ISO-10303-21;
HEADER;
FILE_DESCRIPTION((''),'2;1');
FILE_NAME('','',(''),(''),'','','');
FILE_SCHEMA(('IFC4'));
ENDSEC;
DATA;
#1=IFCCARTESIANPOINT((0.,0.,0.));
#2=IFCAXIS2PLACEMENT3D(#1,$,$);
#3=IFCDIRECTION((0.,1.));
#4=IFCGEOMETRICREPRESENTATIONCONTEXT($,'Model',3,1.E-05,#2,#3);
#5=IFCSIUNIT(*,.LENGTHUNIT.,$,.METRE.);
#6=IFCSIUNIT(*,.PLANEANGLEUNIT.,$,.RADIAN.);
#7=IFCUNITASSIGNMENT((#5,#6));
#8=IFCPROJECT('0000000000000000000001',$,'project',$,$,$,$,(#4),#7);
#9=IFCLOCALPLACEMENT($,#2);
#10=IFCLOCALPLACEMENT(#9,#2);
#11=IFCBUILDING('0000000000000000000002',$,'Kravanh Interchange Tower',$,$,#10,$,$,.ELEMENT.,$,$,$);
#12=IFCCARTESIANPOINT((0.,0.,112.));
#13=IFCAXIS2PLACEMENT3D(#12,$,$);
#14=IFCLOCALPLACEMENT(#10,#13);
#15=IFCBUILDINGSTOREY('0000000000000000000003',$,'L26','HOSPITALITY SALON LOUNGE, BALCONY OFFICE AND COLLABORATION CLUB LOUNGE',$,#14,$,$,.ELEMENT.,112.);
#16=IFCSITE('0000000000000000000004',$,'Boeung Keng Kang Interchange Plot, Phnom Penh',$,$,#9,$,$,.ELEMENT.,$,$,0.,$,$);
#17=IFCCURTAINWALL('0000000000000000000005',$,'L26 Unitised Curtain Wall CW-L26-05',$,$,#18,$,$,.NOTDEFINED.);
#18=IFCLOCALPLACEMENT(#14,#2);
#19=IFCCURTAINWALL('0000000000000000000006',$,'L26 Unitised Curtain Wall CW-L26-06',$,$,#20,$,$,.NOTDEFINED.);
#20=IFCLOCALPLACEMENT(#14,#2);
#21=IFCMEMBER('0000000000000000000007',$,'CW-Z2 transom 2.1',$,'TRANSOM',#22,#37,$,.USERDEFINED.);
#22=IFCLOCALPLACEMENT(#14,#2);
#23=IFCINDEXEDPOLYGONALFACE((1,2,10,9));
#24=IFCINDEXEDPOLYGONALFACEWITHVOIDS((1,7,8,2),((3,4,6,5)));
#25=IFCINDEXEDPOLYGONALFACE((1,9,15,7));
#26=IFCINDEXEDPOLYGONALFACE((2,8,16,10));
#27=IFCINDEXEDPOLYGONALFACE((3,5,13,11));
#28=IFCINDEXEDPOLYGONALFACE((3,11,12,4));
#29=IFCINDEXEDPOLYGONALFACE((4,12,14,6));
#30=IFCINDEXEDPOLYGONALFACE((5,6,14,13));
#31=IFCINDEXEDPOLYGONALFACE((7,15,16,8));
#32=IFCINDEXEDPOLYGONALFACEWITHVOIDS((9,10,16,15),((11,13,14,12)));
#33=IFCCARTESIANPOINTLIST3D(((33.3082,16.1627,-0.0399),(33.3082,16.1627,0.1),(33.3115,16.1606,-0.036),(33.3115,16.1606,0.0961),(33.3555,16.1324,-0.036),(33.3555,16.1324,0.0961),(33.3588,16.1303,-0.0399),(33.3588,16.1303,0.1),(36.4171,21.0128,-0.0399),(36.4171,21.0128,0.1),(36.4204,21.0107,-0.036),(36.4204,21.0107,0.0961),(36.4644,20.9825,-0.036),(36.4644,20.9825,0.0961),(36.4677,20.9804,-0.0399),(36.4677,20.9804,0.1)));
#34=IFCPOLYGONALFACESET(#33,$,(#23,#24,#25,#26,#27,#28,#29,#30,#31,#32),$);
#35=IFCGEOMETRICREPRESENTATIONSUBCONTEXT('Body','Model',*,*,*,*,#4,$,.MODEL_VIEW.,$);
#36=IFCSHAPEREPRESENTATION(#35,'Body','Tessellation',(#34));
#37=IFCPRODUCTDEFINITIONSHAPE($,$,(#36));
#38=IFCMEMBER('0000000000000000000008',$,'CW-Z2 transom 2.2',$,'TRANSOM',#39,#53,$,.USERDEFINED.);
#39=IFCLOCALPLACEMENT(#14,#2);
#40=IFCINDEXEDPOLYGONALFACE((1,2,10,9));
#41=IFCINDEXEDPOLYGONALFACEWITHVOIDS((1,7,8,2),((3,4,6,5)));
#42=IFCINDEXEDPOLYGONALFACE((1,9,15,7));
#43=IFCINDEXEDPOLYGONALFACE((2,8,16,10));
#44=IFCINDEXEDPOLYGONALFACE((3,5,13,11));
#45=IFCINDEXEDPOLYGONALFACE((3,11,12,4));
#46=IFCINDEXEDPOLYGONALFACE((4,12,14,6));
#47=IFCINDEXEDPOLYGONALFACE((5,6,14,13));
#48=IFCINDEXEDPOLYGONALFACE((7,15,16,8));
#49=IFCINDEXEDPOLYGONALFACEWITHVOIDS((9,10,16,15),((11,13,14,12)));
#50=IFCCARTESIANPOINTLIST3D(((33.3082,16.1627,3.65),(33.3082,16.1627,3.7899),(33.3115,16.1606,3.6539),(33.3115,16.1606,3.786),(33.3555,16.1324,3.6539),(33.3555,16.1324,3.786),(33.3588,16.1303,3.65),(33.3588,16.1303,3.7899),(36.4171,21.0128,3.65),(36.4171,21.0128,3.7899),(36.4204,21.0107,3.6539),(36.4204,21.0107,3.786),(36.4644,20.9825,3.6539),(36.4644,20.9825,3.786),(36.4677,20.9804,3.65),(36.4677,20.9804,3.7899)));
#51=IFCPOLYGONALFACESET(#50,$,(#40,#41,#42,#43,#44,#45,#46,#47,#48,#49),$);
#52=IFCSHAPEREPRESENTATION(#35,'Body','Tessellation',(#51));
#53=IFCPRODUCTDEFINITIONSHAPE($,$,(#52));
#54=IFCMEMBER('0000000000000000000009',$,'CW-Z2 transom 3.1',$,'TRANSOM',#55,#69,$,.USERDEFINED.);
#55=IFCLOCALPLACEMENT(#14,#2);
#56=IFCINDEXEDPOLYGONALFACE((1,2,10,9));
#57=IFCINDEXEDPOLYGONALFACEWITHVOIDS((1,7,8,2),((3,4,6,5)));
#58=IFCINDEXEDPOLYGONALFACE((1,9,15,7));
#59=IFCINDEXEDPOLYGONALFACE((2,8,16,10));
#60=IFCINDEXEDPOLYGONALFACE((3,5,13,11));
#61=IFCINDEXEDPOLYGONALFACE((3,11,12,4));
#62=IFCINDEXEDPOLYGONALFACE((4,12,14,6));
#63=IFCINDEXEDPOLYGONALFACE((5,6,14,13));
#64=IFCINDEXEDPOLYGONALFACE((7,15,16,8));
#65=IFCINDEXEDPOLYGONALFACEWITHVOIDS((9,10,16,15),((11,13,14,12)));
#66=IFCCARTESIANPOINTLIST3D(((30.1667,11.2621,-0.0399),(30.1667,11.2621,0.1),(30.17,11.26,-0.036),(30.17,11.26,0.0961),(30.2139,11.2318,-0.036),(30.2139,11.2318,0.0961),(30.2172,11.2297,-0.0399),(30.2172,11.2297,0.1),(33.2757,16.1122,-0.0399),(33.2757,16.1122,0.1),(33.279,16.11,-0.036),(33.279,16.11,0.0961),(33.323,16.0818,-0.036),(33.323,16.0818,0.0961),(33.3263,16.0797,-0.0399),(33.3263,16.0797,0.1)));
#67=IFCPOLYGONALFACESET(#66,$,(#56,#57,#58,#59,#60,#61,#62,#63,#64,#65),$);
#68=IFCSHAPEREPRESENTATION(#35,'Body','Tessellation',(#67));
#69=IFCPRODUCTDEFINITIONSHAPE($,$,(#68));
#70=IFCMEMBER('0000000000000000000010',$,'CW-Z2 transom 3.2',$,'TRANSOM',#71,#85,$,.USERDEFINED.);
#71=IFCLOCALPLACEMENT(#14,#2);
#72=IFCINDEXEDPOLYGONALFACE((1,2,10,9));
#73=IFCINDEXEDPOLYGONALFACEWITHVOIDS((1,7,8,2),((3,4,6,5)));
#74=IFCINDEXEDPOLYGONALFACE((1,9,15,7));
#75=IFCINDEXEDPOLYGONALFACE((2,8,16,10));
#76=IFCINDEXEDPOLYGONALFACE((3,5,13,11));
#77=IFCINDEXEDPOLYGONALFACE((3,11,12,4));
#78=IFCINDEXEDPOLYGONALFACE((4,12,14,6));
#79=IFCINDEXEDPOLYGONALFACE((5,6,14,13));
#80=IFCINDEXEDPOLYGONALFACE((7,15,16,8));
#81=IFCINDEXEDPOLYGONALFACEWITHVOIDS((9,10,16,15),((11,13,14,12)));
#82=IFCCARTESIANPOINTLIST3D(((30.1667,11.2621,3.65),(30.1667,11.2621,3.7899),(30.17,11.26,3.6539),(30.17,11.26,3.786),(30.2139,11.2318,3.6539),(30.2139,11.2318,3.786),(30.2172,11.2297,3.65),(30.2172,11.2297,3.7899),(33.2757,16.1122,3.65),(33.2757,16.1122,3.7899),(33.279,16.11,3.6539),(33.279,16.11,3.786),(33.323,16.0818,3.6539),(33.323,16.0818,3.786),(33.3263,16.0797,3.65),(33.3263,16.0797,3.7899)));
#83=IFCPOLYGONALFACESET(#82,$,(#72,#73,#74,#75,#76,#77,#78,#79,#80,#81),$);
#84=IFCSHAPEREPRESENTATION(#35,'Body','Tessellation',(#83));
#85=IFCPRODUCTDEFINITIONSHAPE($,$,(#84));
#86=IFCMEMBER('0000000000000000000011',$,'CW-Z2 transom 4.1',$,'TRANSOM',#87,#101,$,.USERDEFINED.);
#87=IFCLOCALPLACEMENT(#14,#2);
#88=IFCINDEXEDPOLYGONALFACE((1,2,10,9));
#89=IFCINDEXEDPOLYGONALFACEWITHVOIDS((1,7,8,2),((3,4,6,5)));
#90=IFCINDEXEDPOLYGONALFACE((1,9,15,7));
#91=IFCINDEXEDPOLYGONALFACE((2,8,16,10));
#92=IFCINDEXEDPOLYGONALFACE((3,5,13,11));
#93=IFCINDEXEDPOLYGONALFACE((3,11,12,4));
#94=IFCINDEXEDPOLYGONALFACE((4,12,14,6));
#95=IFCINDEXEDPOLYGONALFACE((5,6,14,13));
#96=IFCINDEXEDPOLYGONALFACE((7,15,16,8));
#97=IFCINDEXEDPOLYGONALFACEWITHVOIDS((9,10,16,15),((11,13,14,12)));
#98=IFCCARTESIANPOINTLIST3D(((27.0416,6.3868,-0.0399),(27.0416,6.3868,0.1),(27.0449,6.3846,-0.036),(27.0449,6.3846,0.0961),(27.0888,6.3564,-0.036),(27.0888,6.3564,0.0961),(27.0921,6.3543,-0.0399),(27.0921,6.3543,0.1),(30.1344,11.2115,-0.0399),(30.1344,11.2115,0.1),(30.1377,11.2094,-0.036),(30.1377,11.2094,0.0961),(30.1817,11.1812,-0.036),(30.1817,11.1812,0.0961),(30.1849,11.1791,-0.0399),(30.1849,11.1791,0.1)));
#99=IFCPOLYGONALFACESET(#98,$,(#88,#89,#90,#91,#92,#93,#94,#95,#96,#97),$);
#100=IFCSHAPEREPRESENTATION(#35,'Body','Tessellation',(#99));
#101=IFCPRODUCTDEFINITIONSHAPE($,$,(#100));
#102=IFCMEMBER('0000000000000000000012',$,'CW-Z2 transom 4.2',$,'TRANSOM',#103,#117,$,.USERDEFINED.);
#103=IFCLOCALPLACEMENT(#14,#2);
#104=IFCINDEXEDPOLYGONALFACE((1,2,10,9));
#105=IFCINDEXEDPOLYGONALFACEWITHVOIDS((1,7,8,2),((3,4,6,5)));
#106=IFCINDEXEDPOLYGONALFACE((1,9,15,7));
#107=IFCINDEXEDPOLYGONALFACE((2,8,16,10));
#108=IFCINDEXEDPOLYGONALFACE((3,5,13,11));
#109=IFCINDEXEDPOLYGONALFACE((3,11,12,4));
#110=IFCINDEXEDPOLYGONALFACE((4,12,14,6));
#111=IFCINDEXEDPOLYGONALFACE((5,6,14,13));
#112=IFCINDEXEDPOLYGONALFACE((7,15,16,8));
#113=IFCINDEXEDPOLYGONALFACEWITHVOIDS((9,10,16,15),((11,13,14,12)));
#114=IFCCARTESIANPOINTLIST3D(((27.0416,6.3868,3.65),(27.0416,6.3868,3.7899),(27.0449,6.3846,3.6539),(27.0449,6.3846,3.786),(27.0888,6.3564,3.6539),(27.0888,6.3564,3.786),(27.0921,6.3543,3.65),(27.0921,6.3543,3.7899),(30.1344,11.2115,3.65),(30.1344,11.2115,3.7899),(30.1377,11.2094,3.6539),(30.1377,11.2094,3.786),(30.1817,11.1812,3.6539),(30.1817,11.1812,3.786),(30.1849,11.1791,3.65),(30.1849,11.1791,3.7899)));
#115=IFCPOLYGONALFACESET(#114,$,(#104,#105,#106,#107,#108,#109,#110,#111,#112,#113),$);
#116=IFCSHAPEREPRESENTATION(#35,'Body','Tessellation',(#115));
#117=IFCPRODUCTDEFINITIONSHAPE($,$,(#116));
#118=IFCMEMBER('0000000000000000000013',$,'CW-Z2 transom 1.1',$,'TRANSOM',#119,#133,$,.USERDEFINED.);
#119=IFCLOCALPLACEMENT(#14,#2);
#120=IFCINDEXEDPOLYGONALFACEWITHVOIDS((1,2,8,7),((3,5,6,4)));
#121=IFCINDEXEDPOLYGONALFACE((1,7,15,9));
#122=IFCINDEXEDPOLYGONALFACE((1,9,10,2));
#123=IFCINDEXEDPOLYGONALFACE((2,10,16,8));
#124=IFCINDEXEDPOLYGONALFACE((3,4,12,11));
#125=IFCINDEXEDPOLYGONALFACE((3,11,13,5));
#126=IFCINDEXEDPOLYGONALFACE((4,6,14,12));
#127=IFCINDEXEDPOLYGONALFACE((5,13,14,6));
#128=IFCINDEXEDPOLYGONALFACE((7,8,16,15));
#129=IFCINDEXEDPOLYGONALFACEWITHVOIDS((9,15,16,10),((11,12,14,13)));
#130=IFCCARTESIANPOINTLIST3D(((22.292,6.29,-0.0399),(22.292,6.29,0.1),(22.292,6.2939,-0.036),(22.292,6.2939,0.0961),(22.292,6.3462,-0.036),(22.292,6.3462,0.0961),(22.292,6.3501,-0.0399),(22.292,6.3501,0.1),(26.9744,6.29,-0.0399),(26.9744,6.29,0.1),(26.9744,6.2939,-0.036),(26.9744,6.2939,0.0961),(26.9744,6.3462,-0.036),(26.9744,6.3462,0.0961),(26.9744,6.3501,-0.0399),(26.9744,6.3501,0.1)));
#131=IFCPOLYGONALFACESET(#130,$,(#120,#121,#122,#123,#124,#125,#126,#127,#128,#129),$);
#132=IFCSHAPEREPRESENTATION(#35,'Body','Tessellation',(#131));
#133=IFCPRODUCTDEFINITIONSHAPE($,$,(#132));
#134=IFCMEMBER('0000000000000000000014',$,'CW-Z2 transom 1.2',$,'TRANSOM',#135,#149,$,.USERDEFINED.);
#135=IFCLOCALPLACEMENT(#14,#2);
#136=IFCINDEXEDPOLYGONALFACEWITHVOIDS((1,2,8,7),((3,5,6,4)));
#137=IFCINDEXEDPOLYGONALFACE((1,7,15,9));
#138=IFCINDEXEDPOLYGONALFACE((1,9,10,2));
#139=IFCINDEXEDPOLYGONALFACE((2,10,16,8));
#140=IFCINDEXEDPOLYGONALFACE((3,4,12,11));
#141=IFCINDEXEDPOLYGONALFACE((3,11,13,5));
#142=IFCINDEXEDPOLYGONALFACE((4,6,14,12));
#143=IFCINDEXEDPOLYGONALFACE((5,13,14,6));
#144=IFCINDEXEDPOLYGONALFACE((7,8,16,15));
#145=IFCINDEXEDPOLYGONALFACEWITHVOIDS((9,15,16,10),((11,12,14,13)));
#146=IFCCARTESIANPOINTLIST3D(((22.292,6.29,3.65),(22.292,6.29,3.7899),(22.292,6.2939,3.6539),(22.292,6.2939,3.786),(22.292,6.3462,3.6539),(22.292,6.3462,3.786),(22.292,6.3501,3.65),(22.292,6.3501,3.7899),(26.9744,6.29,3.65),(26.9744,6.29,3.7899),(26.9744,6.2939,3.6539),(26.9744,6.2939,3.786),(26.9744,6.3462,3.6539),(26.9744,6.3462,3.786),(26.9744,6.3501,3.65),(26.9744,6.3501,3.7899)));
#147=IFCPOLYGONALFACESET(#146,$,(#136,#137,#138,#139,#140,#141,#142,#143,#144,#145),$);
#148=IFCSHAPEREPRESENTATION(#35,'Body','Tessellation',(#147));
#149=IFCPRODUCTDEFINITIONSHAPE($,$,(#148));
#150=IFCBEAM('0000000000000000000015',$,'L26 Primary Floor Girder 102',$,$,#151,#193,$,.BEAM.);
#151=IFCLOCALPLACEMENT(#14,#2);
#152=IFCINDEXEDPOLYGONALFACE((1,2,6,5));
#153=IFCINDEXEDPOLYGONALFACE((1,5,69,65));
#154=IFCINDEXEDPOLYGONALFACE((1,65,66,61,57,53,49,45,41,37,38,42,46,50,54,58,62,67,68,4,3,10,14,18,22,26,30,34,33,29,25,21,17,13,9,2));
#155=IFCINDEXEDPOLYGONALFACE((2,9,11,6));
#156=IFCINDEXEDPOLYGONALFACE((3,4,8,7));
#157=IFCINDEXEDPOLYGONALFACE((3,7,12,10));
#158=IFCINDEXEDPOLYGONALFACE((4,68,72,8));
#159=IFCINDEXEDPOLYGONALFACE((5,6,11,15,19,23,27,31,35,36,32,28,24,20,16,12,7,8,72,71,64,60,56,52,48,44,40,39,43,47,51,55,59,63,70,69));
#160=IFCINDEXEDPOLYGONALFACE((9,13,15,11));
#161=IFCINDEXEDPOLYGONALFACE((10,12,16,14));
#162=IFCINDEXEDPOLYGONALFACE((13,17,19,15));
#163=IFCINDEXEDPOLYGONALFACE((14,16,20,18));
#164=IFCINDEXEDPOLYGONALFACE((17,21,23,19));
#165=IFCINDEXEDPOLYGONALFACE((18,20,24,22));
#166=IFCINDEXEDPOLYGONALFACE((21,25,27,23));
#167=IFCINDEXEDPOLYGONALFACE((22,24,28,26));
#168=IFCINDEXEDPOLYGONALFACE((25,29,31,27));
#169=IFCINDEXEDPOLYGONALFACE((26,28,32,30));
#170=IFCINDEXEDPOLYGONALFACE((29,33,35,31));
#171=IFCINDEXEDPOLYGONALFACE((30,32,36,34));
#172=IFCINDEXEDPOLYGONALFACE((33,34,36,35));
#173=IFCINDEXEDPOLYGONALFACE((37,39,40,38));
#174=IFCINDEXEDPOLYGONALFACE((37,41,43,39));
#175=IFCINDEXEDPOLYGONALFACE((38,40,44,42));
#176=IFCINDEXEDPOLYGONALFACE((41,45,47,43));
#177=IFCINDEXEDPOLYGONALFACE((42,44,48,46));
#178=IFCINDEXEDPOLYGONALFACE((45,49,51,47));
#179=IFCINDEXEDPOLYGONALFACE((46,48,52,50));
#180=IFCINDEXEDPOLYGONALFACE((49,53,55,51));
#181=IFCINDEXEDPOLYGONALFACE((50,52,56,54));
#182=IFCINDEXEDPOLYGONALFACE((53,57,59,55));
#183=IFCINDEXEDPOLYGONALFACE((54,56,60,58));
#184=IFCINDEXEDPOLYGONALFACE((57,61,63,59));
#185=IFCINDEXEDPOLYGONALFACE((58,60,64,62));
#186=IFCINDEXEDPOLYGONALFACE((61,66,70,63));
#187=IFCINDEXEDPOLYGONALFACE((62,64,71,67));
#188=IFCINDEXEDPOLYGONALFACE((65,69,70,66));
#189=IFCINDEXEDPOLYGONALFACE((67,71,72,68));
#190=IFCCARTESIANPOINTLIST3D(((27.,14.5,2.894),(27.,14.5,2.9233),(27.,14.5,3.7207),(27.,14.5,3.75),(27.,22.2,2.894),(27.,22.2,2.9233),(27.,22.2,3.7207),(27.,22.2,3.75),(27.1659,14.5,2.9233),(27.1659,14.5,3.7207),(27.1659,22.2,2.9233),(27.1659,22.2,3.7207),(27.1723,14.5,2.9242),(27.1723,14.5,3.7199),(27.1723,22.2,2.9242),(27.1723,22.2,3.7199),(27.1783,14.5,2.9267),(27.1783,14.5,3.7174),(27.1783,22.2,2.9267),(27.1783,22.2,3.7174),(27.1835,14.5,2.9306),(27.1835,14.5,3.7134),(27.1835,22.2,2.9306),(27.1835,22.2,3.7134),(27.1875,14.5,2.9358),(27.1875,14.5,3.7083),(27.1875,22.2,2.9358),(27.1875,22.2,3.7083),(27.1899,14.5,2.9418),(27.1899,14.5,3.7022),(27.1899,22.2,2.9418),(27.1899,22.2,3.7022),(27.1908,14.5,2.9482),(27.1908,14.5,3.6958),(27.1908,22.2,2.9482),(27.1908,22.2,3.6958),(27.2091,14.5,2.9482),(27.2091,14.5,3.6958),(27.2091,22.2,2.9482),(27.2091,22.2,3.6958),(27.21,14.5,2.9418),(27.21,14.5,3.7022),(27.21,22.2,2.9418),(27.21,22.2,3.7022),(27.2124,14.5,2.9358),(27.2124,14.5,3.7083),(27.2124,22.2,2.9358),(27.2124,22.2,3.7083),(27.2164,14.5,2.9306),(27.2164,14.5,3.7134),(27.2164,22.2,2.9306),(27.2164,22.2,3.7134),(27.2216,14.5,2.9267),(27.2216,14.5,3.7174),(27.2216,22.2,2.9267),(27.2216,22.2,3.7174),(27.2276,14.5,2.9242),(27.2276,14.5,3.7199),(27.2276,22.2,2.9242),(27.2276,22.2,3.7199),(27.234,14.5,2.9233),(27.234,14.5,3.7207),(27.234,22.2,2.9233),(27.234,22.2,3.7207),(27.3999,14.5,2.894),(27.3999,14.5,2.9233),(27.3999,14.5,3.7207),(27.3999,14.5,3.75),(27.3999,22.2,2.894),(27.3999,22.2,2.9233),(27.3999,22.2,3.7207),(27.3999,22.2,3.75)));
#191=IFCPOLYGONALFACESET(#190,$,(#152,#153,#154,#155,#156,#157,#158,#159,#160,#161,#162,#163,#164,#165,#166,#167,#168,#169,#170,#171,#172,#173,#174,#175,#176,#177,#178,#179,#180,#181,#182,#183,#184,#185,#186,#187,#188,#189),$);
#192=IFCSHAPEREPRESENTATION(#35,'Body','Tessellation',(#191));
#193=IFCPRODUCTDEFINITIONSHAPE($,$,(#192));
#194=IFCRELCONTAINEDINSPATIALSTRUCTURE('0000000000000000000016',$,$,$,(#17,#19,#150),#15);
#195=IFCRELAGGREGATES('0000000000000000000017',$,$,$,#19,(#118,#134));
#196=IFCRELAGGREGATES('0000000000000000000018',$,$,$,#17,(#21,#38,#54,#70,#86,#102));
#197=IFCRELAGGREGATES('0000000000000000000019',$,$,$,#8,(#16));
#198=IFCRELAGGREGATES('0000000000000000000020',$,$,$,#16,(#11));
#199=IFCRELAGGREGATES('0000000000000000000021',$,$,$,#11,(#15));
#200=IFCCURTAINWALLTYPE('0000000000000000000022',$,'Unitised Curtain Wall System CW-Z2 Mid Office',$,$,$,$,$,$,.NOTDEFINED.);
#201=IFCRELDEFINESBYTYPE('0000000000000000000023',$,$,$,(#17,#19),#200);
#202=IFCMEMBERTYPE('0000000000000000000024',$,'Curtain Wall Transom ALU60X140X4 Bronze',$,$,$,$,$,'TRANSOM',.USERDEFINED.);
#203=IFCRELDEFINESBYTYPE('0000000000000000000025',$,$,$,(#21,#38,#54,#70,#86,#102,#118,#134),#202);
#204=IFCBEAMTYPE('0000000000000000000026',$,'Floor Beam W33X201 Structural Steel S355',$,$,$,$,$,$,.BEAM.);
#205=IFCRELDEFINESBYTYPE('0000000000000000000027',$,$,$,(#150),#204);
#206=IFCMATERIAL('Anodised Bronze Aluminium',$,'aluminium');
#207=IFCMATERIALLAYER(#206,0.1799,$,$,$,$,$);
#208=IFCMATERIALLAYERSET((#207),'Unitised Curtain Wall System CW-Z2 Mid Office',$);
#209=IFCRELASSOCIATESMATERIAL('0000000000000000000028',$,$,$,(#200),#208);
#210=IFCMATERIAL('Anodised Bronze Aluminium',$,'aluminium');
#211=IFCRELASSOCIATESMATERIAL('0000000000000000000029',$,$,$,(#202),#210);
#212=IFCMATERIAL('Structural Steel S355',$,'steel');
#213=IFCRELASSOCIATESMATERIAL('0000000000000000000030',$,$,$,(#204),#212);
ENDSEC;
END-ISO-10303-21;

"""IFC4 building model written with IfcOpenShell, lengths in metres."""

from ifc_helpers import new_model, si_unit, direction, frame, origin, origin_2d, place, context, subcontext, project, spatial, hollow_rectangle, i_section, extrude, material, layer, layer_set, material_profile, profile_set, type_object, element, aggregate, save


model = new_model("IFC4")

# Units and contexts
model_context = context("Model", 3, precision=1e-05, world=origin(), true_north=direction((0.0, 1.0)))
body_context = subcontext(model_context, "Body", "Model", "MODEL_VIEW")
ifc_project = project(units=[si_unit("LENGTHUNIT", "METRE"), si_unit("PLANEANGLEUNIT", "RADIAN")], contexts=[model_context])

# Site, building, storey
site_placement = place(None, origin())
site = spatial("IfcSite", under=ifc_project, at=site_placement, Name="Boeung Keng Kang Interchange Plot, Phnom Penh", CompositionType="ELEMENT", RefElevation=0.0)
building_placement = place(site_placement, origin())
building = spatial("IfcBuilding", under=site, at=building_placement, Name="Kravanh Interchange Tower", CompositionType="ELEMENT")
storey_placement = place(building_placement, frame((0.0, 0.0, 112.0)))
storey = spatial("IfcBuildingStorey", under=building, at=storey_placement, Name="L26", Description="HOSPITALITY SALON LOUNGE, BALCONY OFFICE AND COLLABORATION CLUB LOUNGE", CompositionType="ELEMENT", Elevation=112.0)

# Curtain wall
ifc_material_1 = material(Name="Anodised Bronze Aluminium", Category="aluminium")
ifc_layer_1 = layer(ifc_material_1, 0.1799)
ifc_layer_set_1 = layer_set([ifc_layer_1], Name="Unitised Curtain Wall System CW-Z2 Mid Office")
curtain_wall_type = type_object("IfcCurtainWallType", Name="Unitised Curtain Wall System CW-Z2 Mid Office", PredefinedType="NOTDEFINED", material=ifc_layer_set_1)
curtain_wall_1_placement = place(storey_placement, origin())
curtain_wall_1 = element("IfcCurtainWall", 1, at=curtain_wall_1_placement, inside=storey, type_object=curtain_wall_type, Name="L26 Unitised Curtain Wall CW-L26-05", PredefinedType="NOTDEFINED")

# Curtain wall
curtain_wall_2_placement = place(storey_placement, origin())
curtain_wall_2 = element("IfcCurtainWall", 2, at=curtain_wall_2_placement, inside=storey, type_object=curtain_wall_type, Name="L26 Unitised Curtain Wall CW-L26-06", PredefinedType="NOTDEFINED")

# Members
ifc_material_2 = material(Name="Anodised Bronze Aluminium", Category="aluminium")
ifc_material_profile_1 = material_profile(ifc_material_2, hollow_rectangle(XDim=0.0601, YDim=0.1399, WallThickness=0.0039, at=origin_2d()), Name="ALU60X140X4")
ifc_profile_set_1 = profile_set([ifc_material_profile_1], Name="Anodised Bronze Aluminium")
member_type_1 = type_object("IfcMemberType", Name="Curtain Wall Transom ALU60X140X4 Bronze", ElementType="TRANSOM", PredefinedType="USERDEFINED", material=ifc_profile_set_1)
member_1_placement = place(storey_placement, frame((36.4424, 20.9966, 0.03), z_axis=(-0.539648, -0.841891, 0.0), x_axis=(0.841891, -0.539648, 0.0)))
member_1 = element("IfcMember", 3, at=member_1_placement, type_object=member_type_1, Name="CW-Z2 transom 2.1", ObjectType="TRANSOM", PredefinedType="USERDEFINED", context=body_context, shape_type="SweptSolid", body=[
    extrude(hollow_rectangle(XDim=0.0601, YDim=0.1399, WallThickness=0.0039, at=origin_2d()), origin(), (0.0, 0.0, 1.0), 5.761),
])
member_2_placement = place(storey_placement, frame((36.4424, 20.9966, 3.72), z_axis=(-0.539648, -0.841891, 0.0), x_axis=(0.841891, -0.539648, 0.0)))
member_2 = element("IfcMember", 4, at=member_2_placement, type_object=member_type_1, Name="CW-Z2 transom 2.2", ObjectType="TRANSOM", PredefinedType="USERDEFINED", context=body_context, shape_type="SweptSolid", body=[
    extrude(hollow_rectangle(XDim=0.0601, YDim=0.1399, WallThickness=0.0039, at=origin_2d()), origin(), (0.0, 0.0, 1.0), 5.761),
])
member_3_placement = place(storey_placement, frame((33.301, 16.0959, 0.03), z_axis=(-0.539678, -0.841872, 0.0), x_axis=(0.841872, -0.539678, 0.0)))
member_3 = element("IfcMember", 5, at=member_3_placement, type_object=member_type_1, Name="CW-Z2 transom 3.1", ObjectType="TRANSOM", PredefinedType="USERDEFINED", context=body_context, shape_type="SweptSolid", body=[
    extrude(hollow_rectangle(XDim=0.0601, YDim=0.1399, WallThickness=0.0039, at=origin_2d()), origin(), (0.0, 0.0, 1.0), 5.761),
])
member_4_placement = place(storey_placement, frame((33.301, 16.0959, 3.72), z_axis=(-0.539678, -0.841872, 0.0), x_axis=(0.841872, -0.539678, 0.0)))
member_4 = element("IfcMember", 6, at=member_4_placement, type_object=member_type_1, Name="CW-Z2 transom 3.2", ObjectType="TRANSOM", PredefinedType="USERDEFINED", context=body_context, shape_type="SweptSolid", body=[
    extrude(hollow_rectangle(XDim=0.0601, YDim=0.1399, WallThickness=0.0039, at=origin_2d()), origin(), (0.0, 0.0, 1.0), 5.761),
])
member_5_placement = place(storey_placement, frame((30.1597, 11.1953, 0.03), z_axis=(-0.539668, -0.841878, 0.0), x_axis=(0.841878, -0.539668, 0.0)))
member_5 = element("IfcMember", 7, at=member_5_placement, type_object=member_type_1, Name="CW-Z2 transom 4.1", ObjectType="TRANSOM", PredefinedType="USERDEFINED", context=body_context, shape_type="SweptSolid", body=[
    extrude(hollow_rectangle(XDim=0.0601, YDim=0.1399, WallThickness=0.0039, at=origin_2d()), origin(), (0.0, 0.0, 1.0), 5.731),
])
member_6_placement = place(storey_placement, frame((30.1597, 11.1953, 3.72), z_axis=(-0.539668, -0.841878, 0.0), x_axis=(0.841878, -0.539668, 0.0)))
member_6 = element("IfcMember", 8, at=member_6_placement, type_object=member_type_1, Name="CW-Z2 transom 4.2", ObjectType="TRANSOM", PredefinedType="USERDEFINED", context=body_context, shape_type="SweptSolid", body=[
    extrude(hollow_rectangle(XDim=0.0601, YDim=0.1399, WallThickness=0.0039, at=origin_2d()), origin(), (0.0, 0.0, 1.0), 5.731),
])
member_7_placement = place(storey_placement, frame((26.9744, 6.3201, 0.03), z_axis=(-1.0, 0.0, 0.0), x_axis=(0.0, -1.0, 0.0)))
member_7 = element("IfcMember", 9, at=member_7_placement, type_object=member_type_1, Name="CW-Z2 transom 1.1", ObjectType="TRANSOM", PredefinedType="USERDEFINED", context=body_context, shape_type="SweptSolid", body=[
    extrude(hollow_rectangle(XDim=0.0601, YDim=0.1399, WallThickness=0.0039, at=origin_2d()), origin(), (0.0, 0.0, 1.0), 4.6824),
])
member_8_placement = place(storey_placement, frame((26.9744, 6.3201, 3.72), z_axis=(-1.0, 0.0, 0.0), x_axis=(0.0, -1.0, 0.0)))
member_8 = element("IfcMember", 10, at=member_8_placement, type_object=member_type_1, Name="CW-Z2 transom 1.2", ObjectType="TRANSOM", PredefinedType="USERDEFINED", context=body_context, shape_type="SweptSolid", body=[
    extrude(hollow_rectangle(XDim=0.0601, YDim=0.1399, WallThickness=0.0039, at=origin_2d()), origin(), (0.0, 0.0, 1.0), 4.6824),
])
aggregate(curtain_wall_2, [member_7, member_8])

# Beam
ifc_material_3 = material(Name="Structural Steel S355", Category="steel")
ifc_material_profile_2 = material_profile(ifc_material_3, i_section(OverallWidth=0.3999, OverallDepth=0.856, WebThickness=0.0183, FlangeThickness=0.0293, FilletRadius=0.0249, at=origin_2d()), Name="W33X201")
ifc_profile_set_2 = profile_set([ifc_material_profile_2], Name="Structural Steel S355")
beam_type = type_object("IfcBeamType", Name="Floor Beam W33X201 Structural Steel S355", PredefinedType="BEAM", material=ifc_profile_set_2)
beam_placement = place(storey_placement, frame((27.2, 14.5, 3.322), z_axis=(0.0, 1.0, 0.0), x_axis=(-1.0, 0.0, 0.0)))
element("IfcBeam", 11, at=beam_placement, inside=storey, type_object=beam_type, Name="L26 Primary Floor Girder 102", PredefinedType="BEAM", context=body_context, shape_type="SweptSolid", body=[
    extrude(i_section(OverallWidth=0.3999, OverallDepth=0.856, WebThickness=0.0183, FlangeThickness=0.0293, FilletRadius=0.0249, at=origin_2d()), origin(), (0.0, 0.0, 1.0), 7.7),
])

aggregate(curtain_wall_1, [member_1, member_2, member_3, member_4, member_5, member_6])

save(model, "model.ifc")
